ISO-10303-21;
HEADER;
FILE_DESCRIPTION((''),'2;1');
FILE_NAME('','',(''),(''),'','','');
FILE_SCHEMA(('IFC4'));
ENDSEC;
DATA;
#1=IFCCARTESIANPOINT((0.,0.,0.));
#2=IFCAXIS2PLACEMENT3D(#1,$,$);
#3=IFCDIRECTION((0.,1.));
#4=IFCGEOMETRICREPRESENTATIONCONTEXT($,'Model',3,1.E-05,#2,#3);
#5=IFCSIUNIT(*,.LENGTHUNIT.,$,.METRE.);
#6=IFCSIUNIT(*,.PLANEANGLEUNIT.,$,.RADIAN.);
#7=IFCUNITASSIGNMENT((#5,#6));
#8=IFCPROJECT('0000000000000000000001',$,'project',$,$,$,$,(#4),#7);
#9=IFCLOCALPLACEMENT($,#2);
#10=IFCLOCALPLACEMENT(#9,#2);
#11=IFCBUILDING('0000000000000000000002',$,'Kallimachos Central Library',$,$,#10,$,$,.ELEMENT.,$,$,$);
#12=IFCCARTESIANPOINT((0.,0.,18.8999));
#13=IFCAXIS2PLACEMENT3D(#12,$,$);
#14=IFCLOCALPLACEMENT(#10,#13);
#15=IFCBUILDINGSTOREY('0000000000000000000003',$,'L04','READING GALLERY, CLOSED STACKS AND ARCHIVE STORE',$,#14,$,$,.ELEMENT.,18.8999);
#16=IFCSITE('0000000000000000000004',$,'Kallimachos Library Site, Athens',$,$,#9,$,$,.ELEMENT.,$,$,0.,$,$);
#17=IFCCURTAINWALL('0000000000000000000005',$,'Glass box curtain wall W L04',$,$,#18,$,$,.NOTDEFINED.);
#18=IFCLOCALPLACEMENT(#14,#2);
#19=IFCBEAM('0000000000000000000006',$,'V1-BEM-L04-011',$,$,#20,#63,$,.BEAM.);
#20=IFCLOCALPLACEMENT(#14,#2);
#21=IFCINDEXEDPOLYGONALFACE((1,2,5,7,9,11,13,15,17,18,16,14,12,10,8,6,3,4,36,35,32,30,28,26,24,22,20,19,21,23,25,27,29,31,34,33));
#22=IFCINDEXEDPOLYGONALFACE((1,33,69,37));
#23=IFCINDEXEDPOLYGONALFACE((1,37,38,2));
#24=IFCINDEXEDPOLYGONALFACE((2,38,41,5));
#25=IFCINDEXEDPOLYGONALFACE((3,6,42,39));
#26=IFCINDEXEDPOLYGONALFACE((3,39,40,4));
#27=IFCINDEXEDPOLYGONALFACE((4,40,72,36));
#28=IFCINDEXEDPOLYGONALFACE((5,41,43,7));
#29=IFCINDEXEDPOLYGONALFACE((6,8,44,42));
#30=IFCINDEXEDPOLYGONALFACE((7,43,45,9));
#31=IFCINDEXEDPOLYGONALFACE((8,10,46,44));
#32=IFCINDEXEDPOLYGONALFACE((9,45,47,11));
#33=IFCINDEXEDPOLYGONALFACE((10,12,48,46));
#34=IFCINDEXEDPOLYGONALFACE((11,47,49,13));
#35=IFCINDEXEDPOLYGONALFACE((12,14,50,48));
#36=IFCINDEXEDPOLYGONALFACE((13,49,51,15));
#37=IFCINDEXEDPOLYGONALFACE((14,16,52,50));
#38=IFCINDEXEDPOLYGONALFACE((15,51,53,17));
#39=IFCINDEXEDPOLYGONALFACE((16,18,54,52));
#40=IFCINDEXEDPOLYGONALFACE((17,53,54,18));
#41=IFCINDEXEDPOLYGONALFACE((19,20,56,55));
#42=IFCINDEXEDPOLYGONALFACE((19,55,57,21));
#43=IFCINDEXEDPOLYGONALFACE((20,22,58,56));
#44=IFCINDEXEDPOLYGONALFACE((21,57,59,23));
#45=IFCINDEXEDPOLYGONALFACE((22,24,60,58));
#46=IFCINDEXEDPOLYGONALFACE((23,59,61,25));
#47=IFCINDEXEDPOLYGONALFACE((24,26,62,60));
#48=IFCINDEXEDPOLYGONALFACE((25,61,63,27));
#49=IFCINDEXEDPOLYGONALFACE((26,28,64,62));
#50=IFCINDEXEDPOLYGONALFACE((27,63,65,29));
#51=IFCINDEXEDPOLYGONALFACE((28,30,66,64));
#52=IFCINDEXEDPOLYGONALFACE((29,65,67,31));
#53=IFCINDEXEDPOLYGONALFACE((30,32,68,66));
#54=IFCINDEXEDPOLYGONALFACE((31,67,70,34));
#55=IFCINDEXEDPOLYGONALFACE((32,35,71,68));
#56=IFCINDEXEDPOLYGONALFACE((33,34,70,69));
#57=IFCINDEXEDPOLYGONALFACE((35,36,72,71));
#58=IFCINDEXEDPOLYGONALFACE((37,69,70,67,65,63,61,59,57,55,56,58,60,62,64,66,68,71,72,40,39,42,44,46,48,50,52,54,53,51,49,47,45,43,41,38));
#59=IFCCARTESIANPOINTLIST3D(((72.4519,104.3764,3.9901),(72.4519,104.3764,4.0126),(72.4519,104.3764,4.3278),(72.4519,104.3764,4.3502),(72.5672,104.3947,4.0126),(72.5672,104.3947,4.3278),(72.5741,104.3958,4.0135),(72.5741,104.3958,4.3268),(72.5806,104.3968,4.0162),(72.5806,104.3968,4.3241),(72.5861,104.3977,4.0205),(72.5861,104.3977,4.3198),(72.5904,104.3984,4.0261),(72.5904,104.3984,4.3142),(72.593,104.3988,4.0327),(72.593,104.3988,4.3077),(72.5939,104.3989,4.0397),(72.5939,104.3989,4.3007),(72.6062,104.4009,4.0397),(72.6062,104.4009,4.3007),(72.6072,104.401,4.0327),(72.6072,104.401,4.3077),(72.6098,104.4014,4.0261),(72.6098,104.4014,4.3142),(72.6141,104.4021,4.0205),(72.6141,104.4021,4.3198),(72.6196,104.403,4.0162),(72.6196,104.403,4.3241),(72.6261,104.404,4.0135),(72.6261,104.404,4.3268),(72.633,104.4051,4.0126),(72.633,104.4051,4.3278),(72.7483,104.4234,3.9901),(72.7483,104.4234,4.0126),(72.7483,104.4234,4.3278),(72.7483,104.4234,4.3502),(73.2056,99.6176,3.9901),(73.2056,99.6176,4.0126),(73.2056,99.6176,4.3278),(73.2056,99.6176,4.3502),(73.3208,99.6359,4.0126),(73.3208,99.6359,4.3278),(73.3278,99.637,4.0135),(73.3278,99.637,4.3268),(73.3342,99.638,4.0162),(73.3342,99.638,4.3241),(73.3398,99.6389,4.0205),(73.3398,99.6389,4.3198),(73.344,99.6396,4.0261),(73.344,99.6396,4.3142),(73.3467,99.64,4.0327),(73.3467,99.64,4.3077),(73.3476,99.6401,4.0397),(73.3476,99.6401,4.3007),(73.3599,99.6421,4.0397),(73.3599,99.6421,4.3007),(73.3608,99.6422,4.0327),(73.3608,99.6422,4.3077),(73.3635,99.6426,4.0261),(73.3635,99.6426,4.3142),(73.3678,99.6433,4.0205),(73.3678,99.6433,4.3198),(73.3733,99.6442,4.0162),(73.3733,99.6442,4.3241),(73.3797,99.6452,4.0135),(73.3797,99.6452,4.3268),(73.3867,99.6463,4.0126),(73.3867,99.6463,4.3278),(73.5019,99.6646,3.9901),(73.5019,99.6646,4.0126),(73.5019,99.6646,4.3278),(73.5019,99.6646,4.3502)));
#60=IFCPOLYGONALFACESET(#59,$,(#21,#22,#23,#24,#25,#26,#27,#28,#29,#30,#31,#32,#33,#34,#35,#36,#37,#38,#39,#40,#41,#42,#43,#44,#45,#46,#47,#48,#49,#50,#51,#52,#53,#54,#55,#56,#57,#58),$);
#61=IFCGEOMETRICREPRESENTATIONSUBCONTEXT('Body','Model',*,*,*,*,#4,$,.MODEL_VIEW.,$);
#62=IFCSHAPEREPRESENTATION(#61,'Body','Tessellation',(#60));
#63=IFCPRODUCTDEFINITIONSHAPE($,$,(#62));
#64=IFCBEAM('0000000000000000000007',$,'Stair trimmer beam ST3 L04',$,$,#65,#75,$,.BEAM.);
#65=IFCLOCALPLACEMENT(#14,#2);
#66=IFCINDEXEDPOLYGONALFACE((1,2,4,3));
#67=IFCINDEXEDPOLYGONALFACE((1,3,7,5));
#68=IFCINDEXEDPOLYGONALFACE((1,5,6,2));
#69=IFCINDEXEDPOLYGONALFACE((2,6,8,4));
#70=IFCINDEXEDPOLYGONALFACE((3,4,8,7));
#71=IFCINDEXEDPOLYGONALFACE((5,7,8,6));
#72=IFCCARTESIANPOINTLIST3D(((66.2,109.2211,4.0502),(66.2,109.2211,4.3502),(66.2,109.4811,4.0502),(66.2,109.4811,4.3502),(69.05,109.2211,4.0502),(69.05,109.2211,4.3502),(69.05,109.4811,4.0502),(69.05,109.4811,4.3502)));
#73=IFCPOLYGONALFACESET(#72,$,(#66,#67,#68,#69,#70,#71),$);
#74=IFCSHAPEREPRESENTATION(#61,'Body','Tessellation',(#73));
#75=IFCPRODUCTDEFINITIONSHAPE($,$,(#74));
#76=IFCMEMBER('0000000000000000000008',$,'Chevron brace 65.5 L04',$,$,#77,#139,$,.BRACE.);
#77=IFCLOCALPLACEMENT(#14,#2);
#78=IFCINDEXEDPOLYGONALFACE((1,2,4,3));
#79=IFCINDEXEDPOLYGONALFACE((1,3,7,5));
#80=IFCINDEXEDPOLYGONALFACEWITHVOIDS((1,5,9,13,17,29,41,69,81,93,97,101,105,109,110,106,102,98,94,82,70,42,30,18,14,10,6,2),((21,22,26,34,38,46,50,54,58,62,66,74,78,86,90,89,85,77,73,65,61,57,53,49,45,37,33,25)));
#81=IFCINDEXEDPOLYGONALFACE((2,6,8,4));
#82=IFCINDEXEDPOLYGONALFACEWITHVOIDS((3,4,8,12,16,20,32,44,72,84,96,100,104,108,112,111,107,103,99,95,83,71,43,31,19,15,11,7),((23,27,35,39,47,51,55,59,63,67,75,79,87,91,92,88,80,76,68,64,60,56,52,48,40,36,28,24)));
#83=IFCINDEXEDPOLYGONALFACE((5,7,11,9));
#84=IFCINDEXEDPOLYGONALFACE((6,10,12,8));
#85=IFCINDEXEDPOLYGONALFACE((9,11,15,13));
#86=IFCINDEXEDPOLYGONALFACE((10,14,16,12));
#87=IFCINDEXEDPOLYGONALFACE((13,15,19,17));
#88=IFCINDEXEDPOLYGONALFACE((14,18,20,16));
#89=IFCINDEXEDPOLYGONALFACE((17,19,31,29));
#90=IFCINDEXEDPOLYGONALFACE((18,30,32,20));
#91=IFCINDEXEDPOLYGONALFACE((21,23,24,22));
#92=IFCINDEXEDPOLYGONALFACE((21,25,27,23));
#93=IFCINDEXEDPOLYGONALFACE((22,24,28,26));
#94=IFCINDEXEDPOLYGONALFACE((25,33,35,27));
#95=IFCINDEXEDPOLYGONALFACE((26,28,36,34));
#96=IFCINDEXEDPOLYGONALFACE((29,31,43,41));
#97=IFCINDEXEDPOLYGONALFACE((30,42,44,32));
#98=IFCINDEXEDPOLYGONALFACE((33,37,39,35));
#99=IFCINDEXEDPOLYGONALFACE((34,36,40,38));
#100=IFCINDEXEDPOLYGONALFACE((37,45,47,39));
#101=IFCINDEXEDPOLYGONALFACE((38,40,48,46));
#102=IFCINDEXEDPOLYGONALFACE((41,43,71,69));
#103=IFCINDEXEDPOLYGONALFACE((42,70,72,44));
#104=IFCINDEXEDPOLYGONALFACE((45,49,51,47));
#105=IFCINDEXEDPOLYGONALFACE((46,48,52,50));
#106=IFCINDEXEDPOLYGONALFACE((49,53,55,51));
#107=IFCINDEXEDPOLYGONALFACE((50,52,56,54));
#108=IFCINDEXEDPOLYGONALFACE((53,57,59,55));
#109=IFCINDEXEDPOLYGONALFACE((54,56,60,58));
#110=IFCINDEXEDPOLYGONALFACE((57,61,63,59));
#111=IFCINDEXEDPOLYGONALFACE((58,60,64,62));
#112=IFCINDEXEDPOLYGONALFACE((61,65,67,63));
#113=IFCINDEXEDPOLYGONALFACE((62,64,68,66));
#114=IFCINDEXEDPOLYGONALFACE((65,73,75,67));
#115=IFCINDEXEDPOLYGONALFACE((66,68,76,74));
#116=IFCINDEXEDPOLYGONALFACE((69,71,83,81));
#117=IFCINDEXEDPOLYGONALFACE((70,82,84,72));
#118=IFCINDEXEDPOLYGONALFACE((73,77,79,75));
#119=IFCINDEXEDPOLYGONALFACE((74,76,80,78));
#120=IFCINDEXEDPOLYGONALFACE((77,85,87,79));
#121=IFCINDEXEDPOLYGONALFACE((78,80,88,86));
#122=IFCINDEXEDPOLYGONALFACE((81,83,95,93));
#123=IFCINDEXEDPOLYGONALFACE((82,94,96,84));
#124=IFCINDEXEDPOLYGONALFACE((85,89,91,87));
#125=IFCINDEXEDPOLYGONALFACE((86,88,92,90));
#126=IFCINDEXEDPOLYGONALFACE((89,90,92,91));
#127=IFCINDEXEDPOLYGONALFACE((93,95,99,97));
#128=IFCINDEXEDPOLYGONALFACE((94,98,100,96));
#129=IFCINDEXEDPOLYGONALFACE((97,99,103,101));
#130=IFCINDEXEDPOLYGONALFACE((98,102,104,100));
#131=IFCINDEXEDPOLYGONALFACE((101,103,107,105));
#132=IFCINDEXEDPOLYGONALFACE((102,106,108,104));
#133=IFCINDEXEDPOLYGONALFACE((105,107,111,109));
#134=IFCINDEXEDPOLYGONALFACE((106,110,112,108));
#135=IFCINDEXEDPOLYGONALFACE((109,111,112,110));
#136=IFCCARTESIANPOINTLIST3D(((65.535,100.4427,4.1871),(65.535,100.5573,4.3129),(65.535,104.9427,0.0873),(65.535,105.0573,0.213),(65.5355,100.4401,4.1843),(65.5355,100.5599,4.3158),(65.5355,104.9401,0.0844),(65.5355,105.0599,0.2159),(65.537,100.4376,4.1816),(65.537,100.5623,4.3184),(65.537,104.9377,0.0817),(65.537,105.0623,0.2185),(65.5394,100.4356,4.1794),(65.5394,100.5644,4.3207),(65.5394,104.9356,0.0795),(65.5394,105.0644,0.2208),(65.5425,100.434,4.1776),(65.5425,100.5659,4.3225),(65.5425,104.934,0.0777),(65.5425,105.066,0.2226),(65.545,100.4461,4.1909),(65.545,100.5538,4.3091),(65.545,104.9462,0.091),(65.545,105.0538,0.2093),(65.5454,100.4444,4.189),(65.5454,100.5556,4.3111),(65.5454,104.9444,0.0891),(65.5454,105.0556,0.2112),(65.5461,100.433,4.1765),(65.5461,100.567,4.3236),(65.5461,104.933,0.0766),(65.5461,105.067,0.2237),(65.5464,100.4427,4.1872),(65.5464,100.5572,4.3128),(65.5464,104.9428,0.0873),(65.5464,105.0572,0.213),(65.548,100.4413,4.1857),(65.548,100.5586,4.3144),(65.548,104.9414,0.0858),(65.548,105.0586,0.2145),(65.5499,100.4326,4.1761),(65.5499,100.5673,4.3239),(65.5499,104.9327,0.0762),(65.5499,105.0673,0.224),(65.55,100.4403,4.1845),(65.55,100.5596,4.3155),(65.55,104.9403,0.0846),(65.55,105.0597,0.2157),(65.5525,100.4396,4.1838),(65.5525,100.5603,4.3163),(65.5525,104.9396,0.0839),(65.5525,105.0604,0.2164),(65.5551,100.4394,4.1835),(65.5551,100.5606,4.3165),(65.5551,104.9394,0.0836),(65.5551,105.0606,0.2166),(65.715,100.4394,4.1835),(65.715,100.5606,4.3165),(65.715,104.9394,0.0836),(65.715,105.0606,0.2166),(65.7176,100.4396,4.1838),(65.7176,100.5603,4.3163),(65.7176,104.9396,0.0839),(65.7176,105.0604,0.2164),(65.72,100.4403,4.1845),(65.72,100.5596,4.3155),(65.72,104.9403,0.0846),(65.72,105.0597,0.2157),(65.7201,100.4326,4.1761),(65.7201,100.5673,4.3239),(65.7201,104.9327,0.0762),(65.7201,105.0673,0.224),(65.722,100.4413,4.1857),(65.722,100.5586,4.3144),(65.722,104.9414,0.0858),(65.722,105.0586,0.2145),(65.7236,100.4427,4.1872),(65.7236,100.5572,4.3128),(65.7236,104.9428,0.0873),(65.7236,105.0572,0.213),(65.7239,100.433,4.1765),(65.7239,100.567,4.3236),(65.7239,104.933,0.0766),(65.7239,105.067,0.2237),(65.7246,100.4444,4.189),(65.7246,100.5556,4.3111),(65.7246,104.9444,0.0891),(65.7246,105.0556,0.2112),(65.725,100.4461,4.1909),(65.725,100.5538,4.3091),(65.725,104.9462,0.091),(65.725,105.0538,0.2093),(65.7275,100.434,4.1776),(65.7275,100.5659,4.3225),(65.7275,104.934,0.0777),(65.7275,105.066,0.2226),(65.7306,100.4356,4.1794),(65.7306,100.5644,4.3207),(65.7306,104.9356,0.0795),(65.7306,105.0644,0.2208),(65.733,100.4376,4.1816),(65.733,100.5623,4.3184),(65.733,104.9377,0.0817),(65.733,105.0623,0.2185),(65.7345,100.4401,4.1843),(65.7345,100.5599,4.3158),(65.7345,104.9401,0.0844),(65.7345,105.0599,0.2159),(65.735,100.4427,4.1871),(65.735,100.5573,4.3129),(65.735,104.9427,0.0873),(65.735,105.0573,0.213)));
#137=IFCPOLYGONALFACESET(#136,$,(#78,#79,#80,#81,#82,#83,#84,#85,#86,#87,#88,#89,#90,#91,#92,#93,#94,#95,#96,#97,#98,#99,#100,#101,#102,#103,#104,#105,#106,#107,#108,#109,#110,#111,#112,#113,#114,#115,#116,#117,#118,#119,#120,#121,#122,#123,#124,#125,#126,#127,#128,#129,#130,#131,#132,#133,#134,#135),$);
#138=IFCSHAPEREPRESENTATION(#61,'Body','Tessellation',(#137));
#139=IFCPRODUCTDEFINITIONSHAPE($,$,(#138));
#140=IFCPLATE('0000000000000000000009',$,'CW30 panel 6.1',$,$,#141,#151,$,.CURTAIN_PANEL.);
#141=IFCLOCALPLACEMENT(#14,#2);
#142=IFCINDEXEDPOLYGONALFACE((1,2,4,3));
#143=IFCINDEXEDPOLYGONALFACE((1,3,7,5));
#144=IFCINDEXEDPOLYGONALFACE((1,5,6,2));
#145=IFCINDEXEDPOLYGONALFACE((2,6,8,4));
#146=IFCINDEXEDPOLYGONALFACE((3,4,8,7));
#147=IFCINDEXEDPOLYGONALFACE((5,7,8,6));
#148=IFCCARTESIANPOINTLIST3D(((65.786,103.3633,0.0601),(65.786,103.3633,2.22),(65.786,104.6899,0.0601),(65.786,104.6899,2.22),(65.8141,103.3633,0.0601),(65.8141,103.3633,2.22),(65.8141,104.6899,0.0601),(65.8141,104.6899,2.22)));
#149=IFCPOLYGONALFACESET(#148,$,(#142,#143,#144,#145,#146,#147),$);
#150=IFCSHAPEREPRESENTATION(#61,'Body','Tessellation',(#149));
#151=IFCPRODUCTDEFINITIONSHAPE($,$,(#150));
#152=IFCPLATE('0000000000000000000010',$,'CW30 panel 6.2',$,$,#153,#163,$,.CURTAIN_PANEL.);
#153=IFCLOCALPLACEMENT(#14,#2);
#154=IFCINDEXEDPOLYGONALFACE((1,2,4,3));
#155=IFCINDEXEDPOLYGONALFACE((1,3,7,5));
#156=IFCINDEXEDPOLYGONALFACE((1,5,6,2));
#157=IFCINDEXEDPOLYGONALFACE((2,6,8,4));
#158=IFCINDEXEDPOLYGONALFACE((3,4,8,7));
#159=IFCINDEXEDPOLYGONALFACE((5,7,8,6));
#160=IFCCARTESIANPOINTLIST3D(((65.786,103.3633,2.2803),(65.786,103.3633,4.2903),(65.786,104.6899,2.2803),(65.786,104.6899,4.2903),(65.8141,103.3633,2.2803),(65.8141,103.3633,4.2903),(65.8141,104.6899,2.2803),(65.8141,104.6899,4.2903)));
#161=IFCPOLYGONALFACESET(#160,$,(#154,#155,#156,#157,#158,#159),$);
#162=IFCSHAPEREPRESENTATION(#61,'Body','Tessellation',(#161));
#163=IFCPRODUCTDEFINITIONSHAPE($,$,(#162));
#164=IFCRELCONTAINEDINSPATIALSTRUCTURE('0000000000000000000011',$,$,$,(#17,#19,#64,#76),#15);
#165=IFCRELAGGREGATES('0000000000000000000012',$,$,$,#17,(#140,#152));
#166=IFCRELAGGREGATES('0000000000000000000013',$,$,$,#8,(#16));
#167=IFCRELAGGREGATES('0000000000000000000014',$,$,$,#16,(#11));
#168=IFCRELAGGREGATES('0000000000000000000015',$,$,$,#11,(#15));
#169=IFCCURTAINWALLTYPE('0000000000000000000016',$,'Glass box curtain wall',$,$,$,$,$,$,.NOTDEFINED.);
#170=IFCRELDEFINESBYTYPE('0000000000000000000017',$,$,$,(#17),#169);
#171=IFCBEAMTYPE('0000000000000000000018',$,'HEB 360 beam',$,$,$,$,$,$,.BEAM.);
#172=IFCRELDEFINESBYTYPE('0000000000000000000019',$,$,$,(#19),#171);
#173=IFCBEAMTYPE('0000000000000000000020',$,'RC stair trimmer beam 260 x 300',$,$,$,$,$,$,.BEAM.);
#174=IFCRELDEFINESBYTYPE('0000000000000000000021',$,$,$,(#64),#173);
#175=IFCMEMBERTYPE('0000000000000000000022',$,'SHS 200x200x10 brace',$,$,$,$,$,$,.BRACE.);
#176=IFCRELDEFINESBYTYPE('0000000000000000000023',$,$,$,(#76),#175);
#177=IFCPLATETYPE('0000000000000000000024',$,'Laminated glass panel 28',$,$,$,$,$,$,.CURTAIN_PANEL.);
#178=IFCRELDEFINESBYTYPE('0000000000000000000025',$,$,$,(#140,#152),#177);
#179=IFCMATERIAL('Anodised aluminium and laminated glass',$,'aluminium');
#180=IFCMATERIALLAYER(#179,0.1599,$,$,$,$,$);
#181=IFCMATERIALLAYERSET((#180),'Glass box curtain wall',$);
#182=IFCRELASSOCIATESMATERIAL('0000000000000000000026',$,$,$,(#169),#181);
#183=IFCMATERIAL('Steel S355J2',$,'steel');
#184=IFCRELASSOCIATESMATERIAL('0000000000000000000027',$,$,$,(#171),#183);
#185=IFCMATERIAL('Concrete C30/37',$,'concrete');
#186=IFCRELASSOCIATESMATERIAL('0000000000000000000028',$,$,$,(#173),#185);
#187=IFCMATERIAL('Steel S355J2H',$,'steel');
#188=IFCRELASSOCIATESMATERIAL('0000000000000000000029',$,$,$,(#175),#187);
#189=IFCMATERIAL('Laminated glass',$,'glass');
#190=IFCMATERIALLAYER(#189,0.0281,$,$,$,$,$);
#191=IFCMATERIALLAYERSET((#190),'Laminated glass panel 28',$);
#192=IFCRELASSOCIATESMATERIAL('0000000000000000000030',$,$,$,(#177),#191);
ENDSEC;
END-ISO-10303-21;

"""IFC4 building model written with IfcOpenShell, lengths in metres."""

from ifc_helpers import new_model, si_unit, direction, frame, origin, origin_2d, place, context, subcontext, project, spatial, rectangle, hollow_rectangle, i_section, extrude, material, layer, layer_set, material_profile, profile_set, type_object, element, aggregate, save


model = new_model("IFC4")

# Units and contexts
model_context = context("Model", 3, precision=1e-05, world=origin(), true_north=direction((0.0, 1.0)))
body_context = subcontext(model_context, "Body", "Model", "MODEL_VIEW")
ifc_project = project(units=[si_unit("LENGTHUNIT", "METRE"), si_unit("PLANEANGLEUNIT", "RADIAN")], contexts=[model_context])

# Site, building, storey
site_placement = place(None, origin())
site = spatial("IfcSite", under=ifc_project, at=site_placement, Name="Kallimachos Library Site, Athens", CompositionType="ELEMENT", RefElevation=0.0)
building_placement = place(site_placement, origin())
building = spatial("IfcBuilding", under=site, at=building_placement, Name="Kallimachos Central Library", CompositionType="ELEMENT")
storey_placement = place(building_placement, frame((0.0, 0.0, 18.8999)))
storey = spatial("IfcBuildingStorey", under=building, at=storey_placement, Name="L04", Description="READING GALLERY, CLOSED STACKS AND ARCHIVE STORE", CompositionType="ELEMENT", Elevation=18.8999)

# Curtain wall
ifc_material_1 = material(Name="Anodised aluminium and laminated glass", Category="aluminium")
ifc_layer_1 = layer(ifc_material_1, 0.1599)
ifc_layer_set_1 = layer_set([ifc_layer_1], Name="Glass box curtain wall")
curtain_wall_type = type_object("IfcCurtainWallType", Name="Glass box curtain wall", PredefinedType="NOTDEFINED", material=ifc_layer_set_1)
curtain_wall_placement = place(storey_placement, origin())
curtain_wall = element("IfcCurtainWall", 1, at=curtain_wall_placement, inside=storey, type_object=curtain_wall_type, Name="Glass box curtain wall W L04", PredefinedType="NOTDEFINED")

# Beams
ifc_material_2 = material(Name="Steel S355J2", Category="steel")
ifc_material_profile_1 = material_profile(ifc_material_2, i_section(OverallWidth=0.3, OverallDepth=0.3601, WebThickness=0.0125, FlangeThickness=0.0225, FilletRadius=0.0271, at=origin_2d()), Name="HEB 360")
ifc_profile_set_1 = profile_set([ifc_material_profile_1], Name="Steel S355J2")
beam_type_1 = type_object("IfcBeamType", Name="HEB 360 beam", PredefinedType="BEAM", material=ifc_profile_set_1)
beam_1_placement = place(storey_placement, frame((72.6001, 104.3999, 4.1702), z_axis=(0.156423, -0.98769, 0.0), x_axis=(0.98769, 0.156423, 0.0)))
element("IfcBeam", 2, at=beam_1_placement, inside=storey, type_object=beam_type_1, Name="V1-BEM-L04-011", PredefinedType="BEAM", context=body_context, shape_type="SweptSolid", body=[
    extrude(i_section(OverallWidth=0.3, OverallDepth=0.3601, WebThickness=0.0125, FlangeThickness=0.0225, FilletRadius=0.0271, at=origin_2d()), origin(), (0.0, 0.0, 1.0), 4.8181),
])
ifc_material_3 = material(Name="Concrete C30/37", Category="concrete")
ifc_material_profile_2 = material_profile(ifc_material_3, rectangle(XDim=0.26, YDim=0.3, at=origin_2d()), Name="RC stair trimmer beam 260 x 300")
ifc_profile_set_2 = profile_set([ifc_material_profile_2], Name="Concrete C30/37")
beam_type_2 = type_object("IfcBeamType", Name="RC stair trimmer beam 260 x 300", PredefinedType="BEAM", material=ifc_profile_set_2)
beam_2_placement = place(storey_placement, frame((66.2, 109.3511, 4.2002), z_axis=(1.0, 0.0, 0.0), x_axis=(0.0, 1.0, 0.0)))
element("IfcBeam", 3, at=beam_2_placement, inside=storey, type_object=beam_type_2, Name="Stair trimmer beam ST3 L04", PredefinedType="BEAM", context=body_context, shape_type="SweptSolid", body=[
    extrude(rectangle(XDim=0.26, YDim=0.3, at=origin_2d()), origin(), (0.0, 0.0, 1.0), 2.8501),
])

# Member
ifc_material_4 = material(Name="Steel S355J2H", Category="steel")
ifc_material_profile_3 = material_profile(ifc_material_4, hollow_rectangle(XDim=0.2, YDim=0.2, WallThickness=0.01, InnerFilletRadius=0.01, OuterFilletRadius=0.0149, at=origin_2d()), Name="SHS 200x200x10")
ifc_profile_set_3 = profile_set([ifc_material_profile_3], Name="Steel S355J2H")
member_type_1 = type_object("IfcMemberType", Name="SHS 200x200x10 brace", PredefinedType="BRACE", material=ifc_profile_set_3)
member_1_placement = place(storey_placement, frame((65.635, 105.0, 0.1501), z_axis=(0.0, -0.739208, 0.673477), x_axis=(1.0, 0.0, 0.0)))
element("IfcMember", 4, at=member_1_placement, inside=storey, type_object=member_type_1, Name="Chevron brace 65.5 L04", PredefinedType="BRACE", context=body_context, shape_type="SweptSolid", body=[
    extrude(hollow_rectangle(XDim=0.2, YDim=0.2, WallThickness=0.01, InnerFilletRadius=0.01, OuterFilletRadius=0.0149, at=origin_2d()), origin(), (0.0, 0.0, 1.0), 6.0876),
])

# Plates
ifc_material_5 = material(Name="Laminated glass", Category="glass")
ifc_layer_2 = layer(ifc_material_5, 0.0281)
ifc_layer_set_2 = layer_set([ifc_layer_2], Name="Laminated glass panel 28")
plate_type = type_object("IfcPlateType", Name="Laminated glass panel 28", PredefinedType="CURTAIN_PANEL", material=ifc_layer_set_2)
plate_1_placement = place(storey_placement, frame((65.8, 104.0266, 0.0601), z_axis=(0.0, 0.0, 1.0), x_axis=(0.0, 1.0, 0.0)))
plate_1 = element("IfcPlate", 5, at=plate_1_placement, type_object=plate_type, Name="CW30 panel 6.1", PredefinedType="CURTAIN_PANEL", context=body_context, shape_type="SweptSolid", body=[
    extrude(rectangle(XDim=1.3267, YDim=0.0281, at=origin_2d()), origin(), (0.0, 0.0, 1.0), 2.1599),
])
plate_2_placement = place(storey_placement, frame((65.8, 104.0266, 2.2803), z_axis=(0.0, 0.0, 1.0), x_axis=(0.0, 1.0, 0.0)))
plate_2 = element("IfcPlate", 6, at=plate_2_placement, type_object=plate_type, Name="CW30 panel 6.2", PredefinedType="CURTAIN_PANEL", context=body_context, shape_type="SweptSolid", body=[
    extrude(rectangle(XDim=1.3267, YDim=0.0281, at=origin_2d()), origin(), (0.0, 0.0, 1.0), 2.01),
])
aggregate(curtain_wall, [plate_1, plate_2])

save(model, "model.ifc")
